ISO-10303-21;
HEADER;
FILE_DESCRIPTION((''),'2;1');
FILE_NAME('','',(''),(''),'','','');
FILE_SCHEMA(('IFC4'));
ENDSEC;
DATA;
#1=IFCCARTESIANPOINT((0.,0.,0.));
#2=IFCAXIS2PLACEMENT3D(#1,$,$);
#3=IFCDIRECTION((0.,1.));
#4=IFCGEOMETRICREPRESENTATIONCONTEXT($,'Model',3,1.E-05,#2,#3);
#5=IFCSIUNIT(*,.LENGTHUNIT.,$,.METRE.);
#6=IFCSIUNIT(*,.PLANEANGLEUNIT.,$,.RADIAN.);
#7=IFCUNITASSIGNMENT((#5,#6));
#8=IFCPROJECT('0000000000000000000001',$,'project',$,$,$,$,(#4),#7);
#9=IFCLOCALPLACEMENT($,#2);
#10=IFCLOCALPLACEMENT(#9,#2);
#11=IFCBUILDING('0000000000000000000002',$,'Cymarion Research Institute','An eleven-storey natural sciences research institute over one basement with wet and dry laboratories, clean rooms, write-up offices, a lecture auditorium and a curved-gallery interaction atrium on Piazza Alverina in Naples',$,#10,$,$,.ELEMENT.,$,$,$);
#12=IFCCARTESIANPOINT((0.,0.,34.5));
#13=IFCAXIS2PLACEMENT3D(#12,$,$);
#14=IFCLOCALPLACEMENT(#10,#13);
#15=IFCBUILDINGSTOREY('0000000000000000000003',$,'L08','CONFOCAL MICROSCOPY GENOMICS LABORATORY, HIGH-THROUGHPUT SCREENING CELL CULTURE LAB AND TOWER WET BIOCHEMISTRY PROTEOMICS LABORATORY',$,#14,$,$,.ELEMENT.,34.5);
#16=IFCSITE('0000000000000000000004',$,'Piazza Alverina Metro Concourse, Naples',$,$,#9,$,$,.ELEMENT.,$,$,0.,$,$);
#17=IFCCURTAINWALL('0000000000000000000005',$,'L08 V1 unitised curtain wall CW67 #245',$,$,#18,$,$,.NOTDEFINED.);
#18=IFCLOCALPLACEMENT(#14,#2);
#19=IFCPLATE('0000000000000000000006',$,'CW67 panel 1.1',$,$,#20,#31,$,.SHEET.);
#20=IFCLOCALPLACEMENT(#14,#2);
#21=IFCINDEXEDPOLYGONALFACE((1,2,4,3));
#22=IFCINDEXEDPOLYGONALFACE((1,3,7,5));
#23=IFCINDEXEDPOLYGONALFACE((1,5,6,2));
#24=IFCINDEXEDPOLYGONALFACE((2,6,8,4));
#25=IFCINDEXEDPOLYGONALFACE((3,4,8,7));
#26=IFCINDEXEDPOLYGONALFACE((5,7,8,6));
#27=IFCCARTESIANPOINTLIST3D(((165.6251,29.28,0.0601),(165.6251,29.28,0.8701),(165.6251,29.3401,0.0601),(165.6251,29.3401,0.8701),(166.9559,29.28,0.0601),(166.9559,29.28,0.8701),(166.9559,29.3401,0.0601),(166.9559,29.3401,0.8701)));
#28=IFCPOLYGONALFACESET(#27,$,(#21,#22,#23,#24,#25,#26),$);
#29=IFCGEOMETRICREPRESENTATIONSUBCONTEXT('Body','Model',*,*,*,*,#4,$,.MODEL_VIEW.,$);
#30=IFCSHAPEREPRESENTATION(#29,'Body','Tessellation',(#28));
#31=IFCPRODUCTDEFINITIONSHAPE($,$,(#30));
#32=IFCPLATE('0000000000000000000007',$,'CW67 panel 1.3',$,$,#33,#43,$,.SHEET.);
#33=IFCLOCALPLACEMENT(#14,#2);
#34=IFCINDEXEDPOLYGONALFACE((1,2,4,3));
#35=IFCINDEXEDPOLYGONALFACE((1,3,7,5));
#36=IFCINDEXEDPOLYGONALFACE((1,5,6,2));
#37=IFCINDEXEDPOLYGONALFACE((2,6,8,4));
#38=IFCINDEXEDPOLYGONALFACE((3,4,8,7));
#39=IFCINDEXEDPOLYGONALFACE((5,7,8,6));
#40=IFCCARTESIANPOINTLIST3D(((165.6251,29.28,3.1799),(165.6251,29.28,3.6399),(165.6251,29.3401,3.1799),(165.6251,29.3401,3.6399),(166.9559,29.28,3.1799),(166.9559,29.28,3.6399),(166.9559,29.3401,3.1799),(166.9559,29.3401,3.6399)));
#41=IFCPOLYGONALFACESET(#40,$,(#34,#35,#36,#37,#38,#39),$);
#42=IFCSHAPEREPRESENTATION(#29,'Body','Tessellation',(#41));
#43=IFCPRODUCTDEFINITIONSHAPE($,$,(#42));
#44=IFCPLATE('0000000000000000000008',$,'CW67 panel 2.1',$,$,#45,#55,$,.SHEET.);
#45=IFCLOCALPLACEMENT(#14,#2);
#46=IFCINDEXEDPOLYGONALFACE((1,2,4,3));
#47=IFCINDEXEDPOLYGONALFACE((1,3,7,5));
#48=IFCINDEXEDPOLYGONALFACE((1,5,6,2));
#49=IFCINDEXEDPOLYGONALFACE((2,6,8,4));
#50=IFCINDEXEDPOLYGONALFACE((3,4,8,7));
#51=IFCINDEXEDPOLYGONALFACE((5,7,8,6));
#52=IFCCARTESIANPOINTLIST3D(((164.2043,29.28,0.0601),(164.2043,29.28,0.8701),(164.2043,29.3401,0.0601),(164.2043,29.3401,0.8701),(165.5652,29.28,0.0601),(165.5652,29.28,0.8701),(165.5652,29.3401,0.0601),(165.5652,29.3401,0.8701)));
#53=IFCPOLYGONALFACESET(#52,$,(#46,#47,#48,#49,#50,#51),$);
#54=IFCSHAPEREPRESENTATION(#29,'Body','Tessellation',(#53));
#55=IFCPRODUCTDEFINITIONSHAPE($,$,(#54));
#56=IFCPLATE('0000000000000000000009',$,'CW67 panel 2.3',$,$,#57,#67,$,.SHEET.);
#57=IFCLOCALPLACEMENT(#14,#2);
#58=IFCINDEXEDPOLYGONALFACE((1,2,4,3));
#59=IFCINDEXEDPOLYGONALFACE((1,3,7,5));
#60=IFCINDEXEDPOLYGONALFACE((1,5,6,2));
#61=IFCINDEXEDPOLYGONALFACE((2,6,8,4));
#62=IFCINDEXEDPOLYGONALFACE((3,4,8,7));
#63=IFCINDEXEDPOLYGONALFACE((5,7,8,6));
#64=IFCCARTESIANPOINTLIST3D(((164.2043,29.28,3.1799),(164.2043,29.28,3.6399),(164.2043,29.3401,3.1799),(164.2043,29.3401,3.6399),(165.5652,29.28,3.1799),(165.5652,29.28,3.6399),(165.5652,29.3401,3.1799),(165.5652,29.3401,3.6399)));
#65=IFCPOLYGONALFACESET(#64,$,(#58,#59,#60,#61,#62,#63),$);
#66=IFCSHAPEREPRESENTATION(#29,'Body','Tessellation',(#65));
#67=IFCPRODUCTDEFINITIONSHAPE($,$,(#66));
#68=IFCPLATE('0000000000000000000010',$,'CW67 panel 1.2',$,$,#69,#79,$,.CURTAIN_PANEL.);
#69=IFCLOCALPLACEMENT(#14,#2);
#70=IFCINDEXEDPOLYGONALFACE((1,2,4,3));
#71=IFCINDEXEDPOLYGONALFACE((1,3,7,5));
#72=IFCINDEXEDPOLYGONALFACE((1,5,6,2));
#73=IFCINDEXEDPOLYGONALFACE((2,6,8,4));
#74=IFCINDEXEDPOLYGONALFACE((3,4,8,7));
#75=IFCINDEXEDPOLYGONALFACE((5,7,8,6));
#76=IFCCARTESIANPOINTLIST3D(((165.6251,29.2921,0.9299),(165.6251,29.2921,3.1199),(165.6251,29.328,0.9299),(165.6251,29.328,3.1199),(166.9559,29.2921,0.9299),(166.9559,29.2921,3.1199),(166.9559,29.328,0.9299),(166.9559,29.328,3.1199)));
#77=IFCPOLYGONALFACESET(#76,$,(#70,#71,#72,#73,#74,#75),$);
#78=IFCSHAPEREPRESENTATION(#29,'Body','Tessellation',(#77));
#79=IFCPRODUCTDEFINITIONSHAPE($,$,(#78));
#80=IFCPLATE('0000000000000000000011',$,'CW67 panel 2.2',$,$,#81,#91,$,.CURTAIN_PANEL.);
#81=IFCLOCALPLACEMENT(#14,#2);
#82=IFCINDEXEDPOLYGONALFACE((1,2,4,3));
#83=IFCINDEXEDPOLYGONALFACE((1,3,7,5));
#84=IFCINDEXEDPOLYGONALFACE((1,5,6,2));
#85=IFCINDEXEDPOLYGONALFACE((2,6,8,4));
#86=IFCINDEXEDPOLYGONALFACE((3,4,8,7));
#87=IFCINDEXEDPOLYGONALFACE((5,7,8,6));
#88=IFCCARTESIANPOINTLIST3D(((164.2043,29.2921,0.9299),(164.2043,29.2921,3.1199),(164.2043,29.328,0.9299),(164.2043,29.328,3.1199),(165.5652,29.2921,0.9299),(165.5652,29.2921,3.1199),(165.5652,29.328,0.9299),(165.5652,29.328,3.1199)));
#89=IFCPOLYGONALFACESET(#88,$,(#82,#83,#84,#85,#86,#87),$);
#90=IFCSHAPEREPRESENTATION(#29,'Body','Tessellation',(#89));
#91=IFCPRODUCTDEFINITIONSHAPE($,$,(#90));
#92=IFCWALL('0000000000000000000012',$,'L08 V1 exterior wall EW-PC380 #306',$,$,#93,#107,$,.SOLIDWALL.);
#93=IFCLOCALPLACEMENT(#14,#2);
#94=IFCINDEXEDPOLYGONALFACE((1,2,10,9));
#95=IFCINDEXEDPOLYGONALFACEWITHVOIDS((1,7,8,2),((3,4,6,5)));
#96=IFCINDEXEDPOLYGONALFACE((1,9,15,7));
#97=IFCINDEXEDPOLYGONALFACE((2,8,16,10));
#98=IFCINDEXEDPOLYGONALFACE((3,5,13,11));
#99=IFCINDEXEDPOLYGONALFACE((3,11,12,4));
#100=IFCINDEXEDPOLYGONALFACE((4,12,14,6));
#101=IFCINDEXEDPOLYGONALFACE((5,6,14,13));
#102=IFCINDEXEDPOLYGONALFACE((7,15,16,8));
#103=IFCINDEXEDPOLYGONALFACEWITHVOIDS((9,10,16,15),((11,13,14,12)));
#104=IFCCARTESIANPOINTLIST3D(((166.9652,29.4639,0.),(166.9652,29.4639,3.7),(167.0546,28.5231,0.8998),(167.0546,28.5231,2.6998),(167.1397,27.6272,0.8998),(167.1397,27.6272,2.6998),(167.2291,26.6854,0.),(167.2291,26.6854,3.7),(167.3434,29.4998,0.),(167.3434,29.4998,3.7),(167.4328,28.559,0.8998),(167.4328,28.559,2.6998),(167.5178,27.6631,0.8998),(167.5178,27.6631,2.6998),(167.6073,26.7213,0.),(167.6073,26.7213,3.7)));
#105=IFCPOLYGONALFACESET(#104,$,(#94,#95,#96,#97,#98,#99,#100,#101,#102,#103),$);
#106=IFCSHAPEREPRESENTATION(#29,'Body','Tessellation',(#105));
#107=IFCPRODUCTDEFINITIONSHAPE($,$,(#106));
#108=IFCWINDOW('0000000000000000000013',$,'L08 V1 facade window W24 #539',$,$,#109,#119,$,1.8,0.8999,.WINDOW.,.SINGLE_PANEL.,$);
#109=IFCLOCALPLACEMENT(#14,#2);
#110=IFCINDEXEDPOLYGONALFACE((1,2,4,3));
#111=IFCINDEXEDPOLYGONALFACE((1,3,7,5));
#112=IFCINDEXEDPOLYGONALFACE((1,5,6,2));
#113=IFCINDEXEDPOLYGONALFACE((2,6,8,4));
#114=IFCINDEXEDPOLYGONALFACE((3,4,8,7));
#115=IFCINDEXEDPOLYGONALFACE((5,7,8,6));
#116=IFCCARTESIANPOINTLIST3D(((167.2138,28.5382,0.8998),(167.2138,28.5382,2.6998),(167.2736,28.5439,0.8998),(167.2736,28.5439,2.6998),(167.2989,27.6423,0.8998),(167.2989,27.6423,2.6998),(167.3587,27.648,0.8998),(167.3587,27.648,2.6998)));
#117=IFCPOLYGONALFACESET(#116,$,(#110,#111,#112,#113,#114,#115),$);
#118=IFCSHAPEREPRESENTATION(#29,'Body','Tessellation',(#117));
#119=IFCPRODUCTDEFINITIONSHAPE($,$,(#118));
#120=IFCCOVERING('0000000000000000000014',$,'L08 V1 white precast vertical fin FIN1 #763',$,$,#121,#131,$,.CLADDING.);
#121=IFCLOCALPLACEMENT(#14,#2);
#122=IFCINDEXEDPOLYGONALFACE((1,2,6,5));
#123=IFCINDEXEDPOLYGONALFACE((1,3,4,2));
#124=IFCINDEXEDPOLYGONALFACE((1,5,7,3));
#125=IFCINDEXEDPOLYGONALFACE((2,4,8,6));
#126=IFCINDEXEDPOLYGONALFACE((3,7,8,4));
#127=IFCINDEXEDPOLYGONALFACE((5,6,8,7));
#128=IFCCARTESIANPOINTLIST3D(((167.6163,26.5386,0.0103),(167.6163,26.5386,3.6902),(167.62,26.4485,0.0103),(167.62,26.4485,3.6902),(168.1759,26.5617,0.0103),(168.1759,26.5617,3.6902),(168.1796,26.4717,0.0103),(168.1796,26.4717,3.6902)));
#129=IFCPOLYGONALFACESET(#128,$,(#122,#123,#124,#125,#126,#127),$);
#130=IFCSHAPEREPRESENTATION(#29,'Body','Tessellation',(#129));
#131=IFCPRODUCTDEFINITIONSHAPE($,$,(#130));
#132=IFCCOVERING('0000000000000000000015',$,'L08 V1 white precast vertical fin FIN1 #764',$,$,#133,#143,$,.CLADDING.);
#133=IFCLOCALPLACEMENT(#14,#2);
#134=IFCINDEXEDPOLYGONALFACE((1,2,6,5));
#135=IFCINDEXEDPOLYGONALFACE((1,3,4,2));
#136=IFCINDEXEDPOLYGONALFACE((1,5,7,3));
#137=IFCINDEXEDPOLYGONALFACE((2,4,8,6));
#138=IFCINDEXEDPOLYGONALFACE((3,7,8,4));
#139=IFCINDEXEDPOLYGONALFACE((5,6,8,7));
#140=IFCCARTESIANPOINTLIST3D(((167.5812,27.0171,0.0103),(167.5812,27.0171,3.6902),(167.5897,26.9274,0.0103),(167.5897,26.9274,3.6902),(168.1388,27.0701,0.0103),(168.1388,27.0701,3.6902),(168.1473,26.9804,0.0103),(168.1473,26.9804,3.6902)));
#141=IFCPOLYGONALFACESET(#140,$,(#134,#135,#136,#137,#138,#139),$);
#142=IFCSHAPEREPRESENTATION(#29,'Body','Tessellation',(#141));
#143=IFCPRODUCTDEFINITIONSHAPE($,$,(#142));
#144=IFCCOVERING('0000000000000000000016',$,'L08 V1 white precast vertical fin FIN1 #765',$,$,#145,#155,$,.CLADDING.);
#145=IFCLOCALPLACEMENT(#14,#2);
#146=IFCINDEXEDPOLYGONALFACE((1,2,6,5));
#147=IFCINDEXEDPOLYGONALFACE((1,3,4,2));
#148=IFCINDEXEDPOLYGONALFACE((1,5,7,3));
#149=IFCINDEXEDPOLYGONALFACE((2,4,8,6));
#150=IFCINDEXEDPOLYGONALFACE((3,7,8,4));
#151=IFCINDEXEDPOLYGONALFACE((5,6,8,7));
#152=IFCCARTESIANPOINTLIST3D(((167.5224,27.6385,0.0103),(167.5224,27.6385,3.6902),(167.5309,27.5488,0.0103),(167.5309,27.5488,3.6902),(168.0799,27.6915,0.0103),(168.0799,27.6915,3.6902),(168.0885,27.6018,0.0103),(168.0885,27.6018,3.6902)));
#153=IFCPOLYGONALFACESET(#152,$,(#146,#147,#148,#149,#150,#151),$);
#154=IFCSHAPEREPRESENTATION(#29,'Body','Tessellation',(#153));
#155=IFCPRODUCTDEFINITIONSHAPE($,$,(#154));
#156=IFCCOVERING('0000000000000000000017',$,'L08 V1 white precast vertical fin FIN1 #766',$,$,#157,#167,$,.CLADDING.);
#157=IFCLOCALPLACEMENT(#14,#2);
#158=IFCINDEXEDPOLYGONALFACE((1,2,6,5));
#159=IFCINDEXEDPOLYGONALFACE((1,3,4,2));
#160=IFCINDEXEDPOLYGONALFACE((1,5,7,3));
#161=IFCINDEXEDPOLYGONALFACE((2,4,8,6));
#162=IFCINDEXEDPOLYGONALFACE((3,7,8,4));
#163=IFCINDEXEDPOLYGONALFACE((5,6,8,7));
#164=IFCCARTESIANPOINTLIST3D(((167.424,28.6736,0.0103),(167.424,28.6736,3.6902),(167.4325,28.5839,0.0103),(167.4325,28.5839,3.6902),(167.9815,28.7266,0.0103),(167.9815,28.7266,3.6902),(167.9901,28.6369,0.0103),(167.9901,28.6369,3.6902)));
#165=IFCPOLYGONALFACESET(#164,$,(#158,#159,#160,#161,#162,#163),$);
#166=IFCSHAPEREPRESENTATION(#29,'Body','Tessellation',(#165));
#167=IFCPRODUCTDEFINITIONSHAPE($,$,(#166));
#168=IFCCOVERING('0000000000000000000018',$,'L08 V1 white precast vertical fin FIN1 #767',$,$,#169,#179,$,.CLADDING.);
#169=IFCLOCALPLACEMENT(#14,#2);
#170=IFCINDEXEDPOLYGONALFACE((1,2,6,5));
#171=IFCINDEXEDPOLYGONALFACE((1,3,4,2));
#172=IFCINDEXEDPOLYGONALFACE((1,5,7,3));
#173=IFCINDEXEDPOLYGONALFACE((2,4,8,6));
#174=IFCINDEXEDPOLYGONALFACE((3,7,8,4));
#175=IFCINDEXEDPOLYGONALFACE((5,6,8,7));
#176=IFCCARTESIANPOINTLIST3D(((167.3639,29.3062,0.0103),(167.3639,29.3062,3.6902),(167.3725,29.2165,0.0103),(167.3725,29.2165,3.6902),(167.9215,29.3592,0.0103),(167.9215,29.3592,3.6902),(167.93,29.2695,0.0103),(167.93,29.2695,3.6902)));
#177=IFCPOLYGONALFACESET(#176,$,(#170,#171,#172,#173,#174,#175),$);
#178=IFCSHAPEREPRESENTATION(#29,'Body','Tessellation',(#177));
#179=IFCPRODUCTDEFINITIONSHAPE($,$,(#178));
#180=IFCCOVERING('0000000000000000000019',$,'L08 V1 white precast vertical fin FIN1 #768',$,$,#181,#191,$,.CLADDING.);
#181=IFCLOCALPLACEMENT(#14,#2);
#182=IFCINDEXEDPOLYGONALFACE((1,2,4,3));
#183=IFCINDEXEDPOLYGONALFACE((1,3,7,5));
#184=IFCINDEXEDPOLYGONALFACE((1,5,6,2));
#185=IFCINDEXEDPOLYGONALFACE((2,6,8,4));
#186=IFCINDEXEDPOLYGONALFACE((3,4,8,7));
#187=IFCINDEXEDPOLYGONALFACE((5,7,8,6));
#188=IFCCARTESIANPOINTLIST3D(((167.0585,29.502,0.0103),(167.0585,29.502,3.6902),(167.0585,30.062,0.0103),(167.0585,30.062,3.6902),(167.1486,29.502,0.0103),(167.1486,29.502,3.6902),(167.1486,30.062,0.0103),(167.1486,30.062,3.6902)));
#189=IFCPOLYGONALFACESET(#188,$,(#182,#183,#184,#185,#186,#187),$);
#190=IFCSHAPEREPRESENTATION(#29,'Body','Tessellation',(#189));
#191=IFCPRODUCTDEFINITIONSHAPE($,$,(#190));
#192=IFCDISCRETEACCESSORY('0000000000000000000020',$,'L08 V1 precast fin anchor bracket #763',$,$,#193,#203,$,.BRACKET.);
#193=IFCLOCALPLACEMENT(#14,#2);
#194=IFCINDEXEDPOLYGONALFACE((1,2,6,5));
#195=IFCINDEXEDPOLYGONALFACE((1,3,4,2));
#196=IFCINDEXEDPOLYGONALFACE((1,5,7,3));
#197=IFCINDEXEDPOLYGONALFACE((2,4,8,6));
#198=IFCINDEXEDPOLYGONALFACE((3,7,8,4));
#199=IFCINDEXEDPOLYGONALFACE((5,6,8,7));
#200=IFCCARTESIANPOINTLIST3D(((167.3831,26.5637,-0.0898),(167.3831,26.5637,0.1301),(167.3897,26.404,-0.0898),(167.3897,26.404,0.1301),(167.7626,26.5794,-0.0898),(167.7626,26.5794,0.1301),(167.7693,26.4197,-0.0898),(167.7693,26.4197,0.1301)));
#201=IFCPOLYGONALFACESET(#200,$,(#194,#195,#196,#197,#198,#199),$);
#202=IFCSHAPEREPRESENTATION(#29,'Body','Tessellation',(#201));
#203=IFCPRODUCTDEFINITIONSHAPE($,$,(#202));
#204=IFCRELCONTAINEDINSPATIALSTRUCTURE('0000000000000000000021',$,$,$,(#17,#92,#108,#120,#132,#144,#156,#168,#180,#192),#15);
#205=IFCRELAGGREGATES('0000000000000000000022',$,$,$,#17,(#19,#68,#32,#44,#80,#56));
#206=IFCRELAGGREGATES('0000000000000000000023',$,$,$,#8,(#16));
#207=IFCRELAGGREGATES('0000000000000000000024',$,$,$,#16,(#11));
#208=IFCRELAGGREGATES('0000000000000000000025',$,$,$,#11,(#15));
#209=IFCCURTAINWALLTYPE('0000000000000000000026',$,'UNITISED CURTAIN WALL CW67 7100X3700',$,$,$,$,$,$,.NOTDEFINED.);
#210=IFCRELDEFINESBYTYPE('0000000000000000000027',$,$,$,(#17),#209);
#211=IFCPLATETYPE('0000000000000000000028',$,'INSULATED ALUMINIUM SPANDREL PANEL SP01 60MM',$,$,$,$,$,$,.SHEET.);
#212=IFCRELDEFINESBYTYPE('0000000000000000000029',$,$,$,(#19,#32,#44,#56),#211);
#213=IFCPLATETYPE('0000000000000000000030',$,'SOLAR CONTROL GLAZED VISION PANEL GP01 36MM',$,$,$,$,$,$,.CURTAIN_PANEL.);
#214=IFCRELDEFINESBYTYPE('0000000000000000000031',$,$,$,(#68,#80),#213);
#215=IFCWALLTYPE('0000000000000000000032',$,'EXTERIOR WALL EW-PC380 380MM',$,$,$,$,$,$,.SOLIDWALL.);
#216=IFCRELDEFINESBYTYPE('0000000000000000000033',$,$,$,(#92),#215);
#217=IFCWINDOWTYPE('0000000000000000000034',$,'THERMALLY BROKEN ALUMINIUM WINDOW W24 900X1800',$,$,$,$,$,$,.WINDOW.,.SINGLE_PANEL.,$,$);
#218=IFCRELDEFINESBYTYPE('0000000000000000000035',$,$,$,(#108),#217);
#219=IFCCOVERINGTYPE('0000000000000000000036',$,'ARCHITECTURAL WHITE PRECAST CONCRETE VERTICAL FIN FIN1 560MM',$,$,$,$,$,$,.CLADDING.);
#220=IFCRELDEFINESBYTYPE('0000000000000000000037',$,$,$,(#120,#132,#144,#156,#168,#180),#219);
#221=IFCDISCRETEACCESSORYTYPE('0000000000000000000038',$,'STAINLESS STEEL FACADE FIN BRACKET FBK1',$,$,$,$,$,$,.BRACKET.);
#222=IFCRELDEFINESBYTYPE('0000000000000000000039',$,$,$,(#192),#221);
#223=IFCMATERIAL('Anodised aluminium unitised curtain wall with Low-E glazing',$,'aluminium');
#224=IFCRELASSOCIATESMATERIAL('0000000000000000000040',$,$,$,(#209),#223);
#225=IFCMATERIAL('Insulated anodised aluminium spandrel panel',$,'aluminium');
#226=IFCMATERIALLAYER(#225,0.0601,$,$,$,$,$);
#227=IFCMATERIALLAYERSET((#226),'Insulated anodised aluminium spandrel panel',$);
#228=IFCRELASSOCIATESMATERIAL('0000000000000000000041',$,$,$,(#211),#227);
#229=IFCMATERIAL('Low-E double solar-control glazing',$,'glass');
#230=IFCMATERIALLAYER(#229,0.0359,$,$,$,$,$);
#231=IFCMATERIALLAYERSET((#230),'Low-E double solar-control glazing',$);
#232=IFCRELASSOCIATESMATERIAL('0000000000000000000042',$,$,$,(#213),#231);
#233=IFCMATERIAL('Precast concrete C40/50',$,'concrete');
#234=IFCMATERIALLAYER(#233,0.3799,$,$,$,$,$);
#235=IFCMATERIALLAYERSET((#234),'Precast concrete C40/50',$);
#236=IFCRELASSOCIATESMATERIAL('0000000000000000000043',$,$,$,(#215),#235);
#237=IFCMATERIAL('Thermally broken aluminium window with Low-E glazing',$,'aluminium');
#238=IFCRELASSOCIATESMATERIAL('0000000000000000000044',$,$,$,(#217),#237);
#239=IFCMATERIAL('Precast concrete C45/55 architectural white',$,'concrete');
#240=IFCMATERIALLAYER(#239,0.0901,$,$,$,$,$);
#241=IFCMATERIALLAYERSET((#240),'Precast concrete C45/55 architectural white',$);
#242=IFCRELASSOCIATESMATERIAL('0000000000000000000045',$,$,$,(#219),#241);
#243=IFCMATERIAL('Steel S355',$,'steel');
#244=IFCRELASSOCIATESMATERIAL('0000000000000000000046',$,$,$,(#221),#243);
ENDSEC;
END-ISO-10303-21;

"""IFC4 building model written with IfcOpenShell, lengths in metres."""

from ifc_helpers import new_model, si_unit, direction, frame, frame_2d, origin, origin_2d, place, context, subcontext, project, spatial, rectangle, extrude, material, layer, layer_set, type_object, element, fill, aggregate, save


model = new_model("IFC4")

# Units and contexts
model_context = context("Model", 3, precision=1e-05, world=origin(), true_north=direction((0.0, 1.0)))
body_context = subcontext(model_context, "Body", "Model", "MODEL_VIEW")
ifc_project = project(units=[si_unit("LENGTHUNIT", "METRE"), si_unit("PLANEANGLEUNIT", "RADIAN")], contexts=[model_context])

# Site, building, storey
site_placement = place(None, origin())
site = spatial("IfcSite", under=ifc_project, at=site_placement, Name="Piazza Alverina Metro Concourse, Naples", CompositionType="ELEMENT", RefElevation=0.0)
building_placement = place(site_placement, origin())
building = spatial("IfcBuilding", under=site, at=building_placement, Name="Cymarion Research Institute", Description="An eleven-storey natural sciences research institute over one basement with wet and dry laboratories, clean rooms, write-up offices, a lecture auditorium and a curved-gallery interaction atrium on Piazza Alverina in Naples", CompositionType="ELEMENT")
storey_placement = place(building_placement, frame((0.0, 0.0, 34.5)))
storey = spatial("IfcBuildingStorey", under=building, at=storey_placement, Name="L08", Description="CONFOCAL MICROSCOPY GENOMICS LABORATORY, HIGH-THROUGHPUT SCREENING CELL CULTURE LAB AND TOWER WET BIOCHEMISTRY PROTEOMICS LABORATORY", CompositionType="ELEMENT", Elevation=34.5)

# Shared definitions
ifc_material_1 = material(Name="Steel S355", Category="steel")

# Curtain wall, plates
ifc_material_2 = material(Name="Anodised aluminium unitised curtain wall with Low-E glazing", Category="aluminium")
curtain_wall_type = type_object("IfcCurtainWallType", Name="UNITISED CURTAIN WALL CW67 7100X3700", PredefinedType="NOTDEFINED", material=ifc_material_2)
curtain_wall_placement = place(storey_placement, origin())
curtain_wall = element("IfcCurtainWall", 1, at=curtain_wall_placement, inside=storey, type_object=curtain_wall_type, Name="L08 V1 unitised curtain wall CW67 #245", PredefinedType="NOTDEFINED")
ifc_material_3 = material(Name="Insulated anodised aluminium spandrel panel", Category="aluminium")
ifc_layer_1 = layer(ifc_material_3, 0.0601)
ifc_layer_set_1 = layer_set([ifc_layer_1], Name="Insulated anodised aluminium spandrel panel")
plate_type_1 = type_object("IfcPlateType", Name="INSULATED ALUMINIUM SPANDREL PANEL SP01 60MM", PredefinedType="SHEET", material=ifc_layer_set_1)
plate_1_placement = place(storey_placement, frame((166.2905, 29.3101, 0.0601), z_axis=(0.0, 0.0, 1.0), x_axis=(-1.0, 0.0, 0.0)))
plate_1 = element("IfcPlate", 2, at=plate_1_placement, type_object=plate_type_1, Name="CW67 panel 1.1", PredefinedType="SHEET", context=body_context, shape_type="SweptSolid", body=[
    extrude(rectangle(XDim=1.3308, YDim=0.0601, at=origin_2d()), origin(), (0.0, 0.0, 1.0), 0.8101),
])
plate_2_placement = place(storey_placement, frame((166.2905, 29.3101, 3.1799), z_axis=(0.0, 0.0, 1.0), x_axis=(-1.0, 0.0, 0.0)))
plate_2 = element("IfcPlate", 3, at=plate_2_placement, type_object=plate_type_1, Name="CW67 panel 1.3", PredefinedType="SHEET", context=body_context, shape_type="SweptSolid", body=[
    extrude(rectangle(XDim=1.3308, YDim=0.0601, at=origin_2d()), origin(), (0.0, 0.0, 1.0), 0.46),
])
plate_3_placement = place(storey_placement, frame((164.8848, 29.3101, 0.0601), z_axis=(0.0, 0.0, 1.0), x_axis=(-1.0, 0.0, 0.0)))
plate_3 = element("IfcPlate", 4, at=plate_3_placement, type_object=plate_type_1, Name="CW67 panel 2.1", PredefinedType="SHEET", context=body_context, shape_type="SweptSolid", body=[
    extrude(rectangle(XDim=1.3608, YDim=0.0601, at=origin_2d()), origin(), (0.0, 0.0, 1.0), 0.8101),
])
plate_4_placement = place(storey_placement, frame((164.8848, 29.3101, 3.1799), z_axis=(0.0, 0.0, 1.0), x_axis=(-1.0, 0.0, 0.0)))
plate_4 = element("IfcPlate", 5, at=plate_4_placement, type_object=plate_type_1, Name="CW67 panel 2.3", PredefinedType="SHEET", context=body_context, shape_type="SweptSolid", body=[
    extrude(rectangle(XDim=1.3608, YDim=0.0601, at=origin_2d()), origin(), (0.0, 0.0, 1.0), 0.46),
])
ifc_material_4 = material(Name="Low-E double solar-control glazing", Category="glass")
ifc_layer_2 = layer(ifc_material_4, 0.0359)
ifc_layer_set_2 = layer_set([ifc_layer_2], Name="Low-E double solar-control glazing")
plate_type_2 = type_object("IfcPlateType", Name="SOLAR CONTROL GLAZED VISION PANEL GP01 36MM", PredefinedType="CURTAIN_PANEL", material=ifc_layer_set_2)
plate_5_placement = place(storey_placement, frame((166.2905, 29.3101, 0.9299), z_axis=(0.0, 0.0, 1.0), x_axis=(-1.0, 0.0, 0.0)))
plate_5 = element("IfcPlate", 6, at=plate_5_placement, type_object=plate_type_2, Name="CW67 panel 1.2", PredefinedType="CURTAIN_PANEL", context=body_context, shape_type="SweptSolid", body=[
    extrude(rectangle(XDim=1.3308, YDim=0.0359, at=origin_2d()), origin(), (0.0, 0.0, 1.0), 2.1899),
])
plate_6_placement = place(storey_placement, frame((164.8848, 29.3101, 0.9299), z_axis=(0.0, 0.0, 1.0), x_axis=(-1.0, 0.0, 0.0)))
plate_6 = element("IfcPlate", 7, at=plate_6_placement, type_object=plate_type_2, Name="CW67 panel 2.2", PredefinedType="CURTAIN_PANEL", context=body_context, shape_type="SweptSolid", body=[
    extrude(rectangle(XDim=1.3608, YDim=0.0359, at=origin_2d()), origin(), (0.0, 0.0, 1.0), 2.1899),
])
aggregate(curtain_wall, [plate_1, plate_5, plate_2, plate_3, plate_6, plate_4])

# Wall, opening, window
ifc_material_5 = material(Name="Precast concrete C40/50", Category="concrete")
ifc_layer_3 = layer(ifc_material_5, 0.3799)
ifc_layer_set_3 = layer_set([ifc_layer_3], Name="Precast concrete C40/50")
wall_type = type_object("IfcWallType", Name="EXTERIOR WALL EW-PC380 380MM", PredefinedType="SOLIDWALL", material=ifc_layer_set_3)
wall_placement = place(storey_placement, frame((167.4182, 26.7034, 0.0), z_axis=(0.0, 0.0, 1.0), x_axis=(-0.094557, 0.995519, 0.0)))
wall = element("IfcWall", 8, at=wall_placement, inside=storey, type_object=wall_type, Name="L08 V1 exterior wall EW-PC380 #306", PredefinedType="SOLIDWALL", context=body_context, shape_type="SweptSolid", body=[
    extrude(rectangle(XDim=2.791, YDim=0.3799, at=frame_2d((1.3955, 0.0))), origin(), (0.0, 0.0, 1.0), 3.7),
])
opening_placement = place(wall_placement, frame((0.946, 0.0, 0.8999)))
opening = element("IfcOpeningElement", 9, at=opening_placement, cuts=wall, PredefinedType="OPENING", context=body_context, shape_type="SweptSolid", body=[
    extrude(rectangle(XDim=0.8999, YDim=1.8, at=frame_2d((0.45, 0.8999))), frame((0.0, 0.2, 0.0), z_axis=(0.0, -1.0, 0.0), x_axis=(1.0, 0.0, 0.0)), (0.0, 0.0, 1.0), 0.3999),
])
ifc_material_6 = material(Name="Thermally broken aluminium window with Low-E glazing", Category="aluminium")
window_type = type_object("IfcWindowType", Name="THERMALLY BROKEN ALUMINIUM WINDOW W24 900X1800", PartitioningType="SINGLE_PANEL", PredefinedType="WINDOW", material=ifc_material_6)
window_placement = place(opening_placement, origin())
window = element("IfcWindow", 10, at=window_placement, inside=storey, type_object=window_type, Name="L08 V1 facade window W24 #539", OverallHeight=1.8, OverallWidth=0.8999, PartitioningType="SINGLE_PANEL", PredefinedType="WINDOW", context=body_context, shape_type="SweptSolid", body=[
    extrude(rectangle(XDim=0.8999, YDim=1.8, at=frame_2d((0.45, 0.8999))), frame((0.0, 0.03, 0.0), z_axis=(0.0, -1.0, 0.0), x_axis=(1.0, 0.0, 0.0)), (0.0, 0.0, 1.0), 0.0601),
])
fill(opening, window)

# Coverings
ifc_material_7 = material(Name="Precast concrete C45/55 architectural white", Category="concrete")
ifc_layer_4 = layer(ifc_material_7, 0.0901)
ifc_layer_set_4 = layer_set([ifc_layer_4], Name="Precast concrete C45/55 architectural white")
covering_type = type_object("IfcCoveringType", Name="ARCHITECTURAL WHITE PRECAST CONCRETE VERTICAL FIN FIN1 560MM", PredefinedType="CLADDING", material=ifc_layer_set_4)
for number, where, z_axis, x_axis, name in (
    (11, (167.8979, 26.5051, 0.0103), (0.0, 0.0, 1.0), (0.999145, 0.041353, 0.0), "L08 V1 white precast vertical fin FIN1 #763"),
    (12, (167.8643, 26.9988, 0.0103), (0.0, 0.0, 1.0), (0.995513, 0.09463, 0.0), "L08 V1 white precast vertical fin FIN1 #764"),
    (13, (167.8054, 27.6201, 0.0103), (0.0, 0.0, 1.0), (0.995513, 0.09463, 0.0), "L08 V1 white precast vertical fin FIN1 #765"),
    (14, (167.707, 28.6553, 0.0103), (0.0, 0.0, 1.0), (0.995513, 0.09463, 0.0), "L08 V1 white precast vertical fin FIN1 #766"),
    (15, (167.647, 29.2878, 0.0103), (0.0, 0.0, 1.0), (0.995513, 0.09463, 0.0), "L08 V1 white precast vertical fin FIN1 #767"),
    (16, (167.1035, 29.782, 0.0103), (0.0, 0.0, 1.0), (0.0, 1.0, 0.0), "L08 V1 white precast vertical fin FIN1 #768"),
):
    element("IfcCovering", number, at=place(storey_placement, frame(where, z_axis=z_axis, x_axis=x_axis)), inside=storey, type_object=covering_type, Name=name, PredefinedType="CLADDING", context=body_context, shape_type="SweptSolid", body=[
        extrude(rectangle(XDim=0.5601, YDim=0.0901, at=origin_2d()), origin(), (0.0, 0.0, 1.0), 3.6799),
    ])

# Discrete accessory
discrete_accessory_type = type_object("IfcDiscreteAccessoryType", Name="STAINLESS STEEL FACADE FIN BRACKET FBK1", PredefinedType="BRACKET", material=ifc_material_1)
for number, where, z_axis, x_axis, name in (
    (17, (167.5762, 26.4917, -0.0898), (0.0, 0.0, 1.0), (0.999145, 0.041353, 0.0), "L08 V1 precast fin anchor bracket #763"),
):
    element("IfcDiscreteAccessory", number, at=place(storey_placement, frame(where, z_axis=z_axis, x_axis=x_axis)), inside=storey, type_object=discrete_accessory_type, Name=name, PredefinedType="BRACKET", context=body_context, shape_type="SweptSolid", body=[
        extrude(rectangle(XDim=0.3799, YDim=0.1599, at=origin_2d()), origin(), (0.0, 0.0, 1.0), 0.22),
    ])

save(model, "model.ifc")
